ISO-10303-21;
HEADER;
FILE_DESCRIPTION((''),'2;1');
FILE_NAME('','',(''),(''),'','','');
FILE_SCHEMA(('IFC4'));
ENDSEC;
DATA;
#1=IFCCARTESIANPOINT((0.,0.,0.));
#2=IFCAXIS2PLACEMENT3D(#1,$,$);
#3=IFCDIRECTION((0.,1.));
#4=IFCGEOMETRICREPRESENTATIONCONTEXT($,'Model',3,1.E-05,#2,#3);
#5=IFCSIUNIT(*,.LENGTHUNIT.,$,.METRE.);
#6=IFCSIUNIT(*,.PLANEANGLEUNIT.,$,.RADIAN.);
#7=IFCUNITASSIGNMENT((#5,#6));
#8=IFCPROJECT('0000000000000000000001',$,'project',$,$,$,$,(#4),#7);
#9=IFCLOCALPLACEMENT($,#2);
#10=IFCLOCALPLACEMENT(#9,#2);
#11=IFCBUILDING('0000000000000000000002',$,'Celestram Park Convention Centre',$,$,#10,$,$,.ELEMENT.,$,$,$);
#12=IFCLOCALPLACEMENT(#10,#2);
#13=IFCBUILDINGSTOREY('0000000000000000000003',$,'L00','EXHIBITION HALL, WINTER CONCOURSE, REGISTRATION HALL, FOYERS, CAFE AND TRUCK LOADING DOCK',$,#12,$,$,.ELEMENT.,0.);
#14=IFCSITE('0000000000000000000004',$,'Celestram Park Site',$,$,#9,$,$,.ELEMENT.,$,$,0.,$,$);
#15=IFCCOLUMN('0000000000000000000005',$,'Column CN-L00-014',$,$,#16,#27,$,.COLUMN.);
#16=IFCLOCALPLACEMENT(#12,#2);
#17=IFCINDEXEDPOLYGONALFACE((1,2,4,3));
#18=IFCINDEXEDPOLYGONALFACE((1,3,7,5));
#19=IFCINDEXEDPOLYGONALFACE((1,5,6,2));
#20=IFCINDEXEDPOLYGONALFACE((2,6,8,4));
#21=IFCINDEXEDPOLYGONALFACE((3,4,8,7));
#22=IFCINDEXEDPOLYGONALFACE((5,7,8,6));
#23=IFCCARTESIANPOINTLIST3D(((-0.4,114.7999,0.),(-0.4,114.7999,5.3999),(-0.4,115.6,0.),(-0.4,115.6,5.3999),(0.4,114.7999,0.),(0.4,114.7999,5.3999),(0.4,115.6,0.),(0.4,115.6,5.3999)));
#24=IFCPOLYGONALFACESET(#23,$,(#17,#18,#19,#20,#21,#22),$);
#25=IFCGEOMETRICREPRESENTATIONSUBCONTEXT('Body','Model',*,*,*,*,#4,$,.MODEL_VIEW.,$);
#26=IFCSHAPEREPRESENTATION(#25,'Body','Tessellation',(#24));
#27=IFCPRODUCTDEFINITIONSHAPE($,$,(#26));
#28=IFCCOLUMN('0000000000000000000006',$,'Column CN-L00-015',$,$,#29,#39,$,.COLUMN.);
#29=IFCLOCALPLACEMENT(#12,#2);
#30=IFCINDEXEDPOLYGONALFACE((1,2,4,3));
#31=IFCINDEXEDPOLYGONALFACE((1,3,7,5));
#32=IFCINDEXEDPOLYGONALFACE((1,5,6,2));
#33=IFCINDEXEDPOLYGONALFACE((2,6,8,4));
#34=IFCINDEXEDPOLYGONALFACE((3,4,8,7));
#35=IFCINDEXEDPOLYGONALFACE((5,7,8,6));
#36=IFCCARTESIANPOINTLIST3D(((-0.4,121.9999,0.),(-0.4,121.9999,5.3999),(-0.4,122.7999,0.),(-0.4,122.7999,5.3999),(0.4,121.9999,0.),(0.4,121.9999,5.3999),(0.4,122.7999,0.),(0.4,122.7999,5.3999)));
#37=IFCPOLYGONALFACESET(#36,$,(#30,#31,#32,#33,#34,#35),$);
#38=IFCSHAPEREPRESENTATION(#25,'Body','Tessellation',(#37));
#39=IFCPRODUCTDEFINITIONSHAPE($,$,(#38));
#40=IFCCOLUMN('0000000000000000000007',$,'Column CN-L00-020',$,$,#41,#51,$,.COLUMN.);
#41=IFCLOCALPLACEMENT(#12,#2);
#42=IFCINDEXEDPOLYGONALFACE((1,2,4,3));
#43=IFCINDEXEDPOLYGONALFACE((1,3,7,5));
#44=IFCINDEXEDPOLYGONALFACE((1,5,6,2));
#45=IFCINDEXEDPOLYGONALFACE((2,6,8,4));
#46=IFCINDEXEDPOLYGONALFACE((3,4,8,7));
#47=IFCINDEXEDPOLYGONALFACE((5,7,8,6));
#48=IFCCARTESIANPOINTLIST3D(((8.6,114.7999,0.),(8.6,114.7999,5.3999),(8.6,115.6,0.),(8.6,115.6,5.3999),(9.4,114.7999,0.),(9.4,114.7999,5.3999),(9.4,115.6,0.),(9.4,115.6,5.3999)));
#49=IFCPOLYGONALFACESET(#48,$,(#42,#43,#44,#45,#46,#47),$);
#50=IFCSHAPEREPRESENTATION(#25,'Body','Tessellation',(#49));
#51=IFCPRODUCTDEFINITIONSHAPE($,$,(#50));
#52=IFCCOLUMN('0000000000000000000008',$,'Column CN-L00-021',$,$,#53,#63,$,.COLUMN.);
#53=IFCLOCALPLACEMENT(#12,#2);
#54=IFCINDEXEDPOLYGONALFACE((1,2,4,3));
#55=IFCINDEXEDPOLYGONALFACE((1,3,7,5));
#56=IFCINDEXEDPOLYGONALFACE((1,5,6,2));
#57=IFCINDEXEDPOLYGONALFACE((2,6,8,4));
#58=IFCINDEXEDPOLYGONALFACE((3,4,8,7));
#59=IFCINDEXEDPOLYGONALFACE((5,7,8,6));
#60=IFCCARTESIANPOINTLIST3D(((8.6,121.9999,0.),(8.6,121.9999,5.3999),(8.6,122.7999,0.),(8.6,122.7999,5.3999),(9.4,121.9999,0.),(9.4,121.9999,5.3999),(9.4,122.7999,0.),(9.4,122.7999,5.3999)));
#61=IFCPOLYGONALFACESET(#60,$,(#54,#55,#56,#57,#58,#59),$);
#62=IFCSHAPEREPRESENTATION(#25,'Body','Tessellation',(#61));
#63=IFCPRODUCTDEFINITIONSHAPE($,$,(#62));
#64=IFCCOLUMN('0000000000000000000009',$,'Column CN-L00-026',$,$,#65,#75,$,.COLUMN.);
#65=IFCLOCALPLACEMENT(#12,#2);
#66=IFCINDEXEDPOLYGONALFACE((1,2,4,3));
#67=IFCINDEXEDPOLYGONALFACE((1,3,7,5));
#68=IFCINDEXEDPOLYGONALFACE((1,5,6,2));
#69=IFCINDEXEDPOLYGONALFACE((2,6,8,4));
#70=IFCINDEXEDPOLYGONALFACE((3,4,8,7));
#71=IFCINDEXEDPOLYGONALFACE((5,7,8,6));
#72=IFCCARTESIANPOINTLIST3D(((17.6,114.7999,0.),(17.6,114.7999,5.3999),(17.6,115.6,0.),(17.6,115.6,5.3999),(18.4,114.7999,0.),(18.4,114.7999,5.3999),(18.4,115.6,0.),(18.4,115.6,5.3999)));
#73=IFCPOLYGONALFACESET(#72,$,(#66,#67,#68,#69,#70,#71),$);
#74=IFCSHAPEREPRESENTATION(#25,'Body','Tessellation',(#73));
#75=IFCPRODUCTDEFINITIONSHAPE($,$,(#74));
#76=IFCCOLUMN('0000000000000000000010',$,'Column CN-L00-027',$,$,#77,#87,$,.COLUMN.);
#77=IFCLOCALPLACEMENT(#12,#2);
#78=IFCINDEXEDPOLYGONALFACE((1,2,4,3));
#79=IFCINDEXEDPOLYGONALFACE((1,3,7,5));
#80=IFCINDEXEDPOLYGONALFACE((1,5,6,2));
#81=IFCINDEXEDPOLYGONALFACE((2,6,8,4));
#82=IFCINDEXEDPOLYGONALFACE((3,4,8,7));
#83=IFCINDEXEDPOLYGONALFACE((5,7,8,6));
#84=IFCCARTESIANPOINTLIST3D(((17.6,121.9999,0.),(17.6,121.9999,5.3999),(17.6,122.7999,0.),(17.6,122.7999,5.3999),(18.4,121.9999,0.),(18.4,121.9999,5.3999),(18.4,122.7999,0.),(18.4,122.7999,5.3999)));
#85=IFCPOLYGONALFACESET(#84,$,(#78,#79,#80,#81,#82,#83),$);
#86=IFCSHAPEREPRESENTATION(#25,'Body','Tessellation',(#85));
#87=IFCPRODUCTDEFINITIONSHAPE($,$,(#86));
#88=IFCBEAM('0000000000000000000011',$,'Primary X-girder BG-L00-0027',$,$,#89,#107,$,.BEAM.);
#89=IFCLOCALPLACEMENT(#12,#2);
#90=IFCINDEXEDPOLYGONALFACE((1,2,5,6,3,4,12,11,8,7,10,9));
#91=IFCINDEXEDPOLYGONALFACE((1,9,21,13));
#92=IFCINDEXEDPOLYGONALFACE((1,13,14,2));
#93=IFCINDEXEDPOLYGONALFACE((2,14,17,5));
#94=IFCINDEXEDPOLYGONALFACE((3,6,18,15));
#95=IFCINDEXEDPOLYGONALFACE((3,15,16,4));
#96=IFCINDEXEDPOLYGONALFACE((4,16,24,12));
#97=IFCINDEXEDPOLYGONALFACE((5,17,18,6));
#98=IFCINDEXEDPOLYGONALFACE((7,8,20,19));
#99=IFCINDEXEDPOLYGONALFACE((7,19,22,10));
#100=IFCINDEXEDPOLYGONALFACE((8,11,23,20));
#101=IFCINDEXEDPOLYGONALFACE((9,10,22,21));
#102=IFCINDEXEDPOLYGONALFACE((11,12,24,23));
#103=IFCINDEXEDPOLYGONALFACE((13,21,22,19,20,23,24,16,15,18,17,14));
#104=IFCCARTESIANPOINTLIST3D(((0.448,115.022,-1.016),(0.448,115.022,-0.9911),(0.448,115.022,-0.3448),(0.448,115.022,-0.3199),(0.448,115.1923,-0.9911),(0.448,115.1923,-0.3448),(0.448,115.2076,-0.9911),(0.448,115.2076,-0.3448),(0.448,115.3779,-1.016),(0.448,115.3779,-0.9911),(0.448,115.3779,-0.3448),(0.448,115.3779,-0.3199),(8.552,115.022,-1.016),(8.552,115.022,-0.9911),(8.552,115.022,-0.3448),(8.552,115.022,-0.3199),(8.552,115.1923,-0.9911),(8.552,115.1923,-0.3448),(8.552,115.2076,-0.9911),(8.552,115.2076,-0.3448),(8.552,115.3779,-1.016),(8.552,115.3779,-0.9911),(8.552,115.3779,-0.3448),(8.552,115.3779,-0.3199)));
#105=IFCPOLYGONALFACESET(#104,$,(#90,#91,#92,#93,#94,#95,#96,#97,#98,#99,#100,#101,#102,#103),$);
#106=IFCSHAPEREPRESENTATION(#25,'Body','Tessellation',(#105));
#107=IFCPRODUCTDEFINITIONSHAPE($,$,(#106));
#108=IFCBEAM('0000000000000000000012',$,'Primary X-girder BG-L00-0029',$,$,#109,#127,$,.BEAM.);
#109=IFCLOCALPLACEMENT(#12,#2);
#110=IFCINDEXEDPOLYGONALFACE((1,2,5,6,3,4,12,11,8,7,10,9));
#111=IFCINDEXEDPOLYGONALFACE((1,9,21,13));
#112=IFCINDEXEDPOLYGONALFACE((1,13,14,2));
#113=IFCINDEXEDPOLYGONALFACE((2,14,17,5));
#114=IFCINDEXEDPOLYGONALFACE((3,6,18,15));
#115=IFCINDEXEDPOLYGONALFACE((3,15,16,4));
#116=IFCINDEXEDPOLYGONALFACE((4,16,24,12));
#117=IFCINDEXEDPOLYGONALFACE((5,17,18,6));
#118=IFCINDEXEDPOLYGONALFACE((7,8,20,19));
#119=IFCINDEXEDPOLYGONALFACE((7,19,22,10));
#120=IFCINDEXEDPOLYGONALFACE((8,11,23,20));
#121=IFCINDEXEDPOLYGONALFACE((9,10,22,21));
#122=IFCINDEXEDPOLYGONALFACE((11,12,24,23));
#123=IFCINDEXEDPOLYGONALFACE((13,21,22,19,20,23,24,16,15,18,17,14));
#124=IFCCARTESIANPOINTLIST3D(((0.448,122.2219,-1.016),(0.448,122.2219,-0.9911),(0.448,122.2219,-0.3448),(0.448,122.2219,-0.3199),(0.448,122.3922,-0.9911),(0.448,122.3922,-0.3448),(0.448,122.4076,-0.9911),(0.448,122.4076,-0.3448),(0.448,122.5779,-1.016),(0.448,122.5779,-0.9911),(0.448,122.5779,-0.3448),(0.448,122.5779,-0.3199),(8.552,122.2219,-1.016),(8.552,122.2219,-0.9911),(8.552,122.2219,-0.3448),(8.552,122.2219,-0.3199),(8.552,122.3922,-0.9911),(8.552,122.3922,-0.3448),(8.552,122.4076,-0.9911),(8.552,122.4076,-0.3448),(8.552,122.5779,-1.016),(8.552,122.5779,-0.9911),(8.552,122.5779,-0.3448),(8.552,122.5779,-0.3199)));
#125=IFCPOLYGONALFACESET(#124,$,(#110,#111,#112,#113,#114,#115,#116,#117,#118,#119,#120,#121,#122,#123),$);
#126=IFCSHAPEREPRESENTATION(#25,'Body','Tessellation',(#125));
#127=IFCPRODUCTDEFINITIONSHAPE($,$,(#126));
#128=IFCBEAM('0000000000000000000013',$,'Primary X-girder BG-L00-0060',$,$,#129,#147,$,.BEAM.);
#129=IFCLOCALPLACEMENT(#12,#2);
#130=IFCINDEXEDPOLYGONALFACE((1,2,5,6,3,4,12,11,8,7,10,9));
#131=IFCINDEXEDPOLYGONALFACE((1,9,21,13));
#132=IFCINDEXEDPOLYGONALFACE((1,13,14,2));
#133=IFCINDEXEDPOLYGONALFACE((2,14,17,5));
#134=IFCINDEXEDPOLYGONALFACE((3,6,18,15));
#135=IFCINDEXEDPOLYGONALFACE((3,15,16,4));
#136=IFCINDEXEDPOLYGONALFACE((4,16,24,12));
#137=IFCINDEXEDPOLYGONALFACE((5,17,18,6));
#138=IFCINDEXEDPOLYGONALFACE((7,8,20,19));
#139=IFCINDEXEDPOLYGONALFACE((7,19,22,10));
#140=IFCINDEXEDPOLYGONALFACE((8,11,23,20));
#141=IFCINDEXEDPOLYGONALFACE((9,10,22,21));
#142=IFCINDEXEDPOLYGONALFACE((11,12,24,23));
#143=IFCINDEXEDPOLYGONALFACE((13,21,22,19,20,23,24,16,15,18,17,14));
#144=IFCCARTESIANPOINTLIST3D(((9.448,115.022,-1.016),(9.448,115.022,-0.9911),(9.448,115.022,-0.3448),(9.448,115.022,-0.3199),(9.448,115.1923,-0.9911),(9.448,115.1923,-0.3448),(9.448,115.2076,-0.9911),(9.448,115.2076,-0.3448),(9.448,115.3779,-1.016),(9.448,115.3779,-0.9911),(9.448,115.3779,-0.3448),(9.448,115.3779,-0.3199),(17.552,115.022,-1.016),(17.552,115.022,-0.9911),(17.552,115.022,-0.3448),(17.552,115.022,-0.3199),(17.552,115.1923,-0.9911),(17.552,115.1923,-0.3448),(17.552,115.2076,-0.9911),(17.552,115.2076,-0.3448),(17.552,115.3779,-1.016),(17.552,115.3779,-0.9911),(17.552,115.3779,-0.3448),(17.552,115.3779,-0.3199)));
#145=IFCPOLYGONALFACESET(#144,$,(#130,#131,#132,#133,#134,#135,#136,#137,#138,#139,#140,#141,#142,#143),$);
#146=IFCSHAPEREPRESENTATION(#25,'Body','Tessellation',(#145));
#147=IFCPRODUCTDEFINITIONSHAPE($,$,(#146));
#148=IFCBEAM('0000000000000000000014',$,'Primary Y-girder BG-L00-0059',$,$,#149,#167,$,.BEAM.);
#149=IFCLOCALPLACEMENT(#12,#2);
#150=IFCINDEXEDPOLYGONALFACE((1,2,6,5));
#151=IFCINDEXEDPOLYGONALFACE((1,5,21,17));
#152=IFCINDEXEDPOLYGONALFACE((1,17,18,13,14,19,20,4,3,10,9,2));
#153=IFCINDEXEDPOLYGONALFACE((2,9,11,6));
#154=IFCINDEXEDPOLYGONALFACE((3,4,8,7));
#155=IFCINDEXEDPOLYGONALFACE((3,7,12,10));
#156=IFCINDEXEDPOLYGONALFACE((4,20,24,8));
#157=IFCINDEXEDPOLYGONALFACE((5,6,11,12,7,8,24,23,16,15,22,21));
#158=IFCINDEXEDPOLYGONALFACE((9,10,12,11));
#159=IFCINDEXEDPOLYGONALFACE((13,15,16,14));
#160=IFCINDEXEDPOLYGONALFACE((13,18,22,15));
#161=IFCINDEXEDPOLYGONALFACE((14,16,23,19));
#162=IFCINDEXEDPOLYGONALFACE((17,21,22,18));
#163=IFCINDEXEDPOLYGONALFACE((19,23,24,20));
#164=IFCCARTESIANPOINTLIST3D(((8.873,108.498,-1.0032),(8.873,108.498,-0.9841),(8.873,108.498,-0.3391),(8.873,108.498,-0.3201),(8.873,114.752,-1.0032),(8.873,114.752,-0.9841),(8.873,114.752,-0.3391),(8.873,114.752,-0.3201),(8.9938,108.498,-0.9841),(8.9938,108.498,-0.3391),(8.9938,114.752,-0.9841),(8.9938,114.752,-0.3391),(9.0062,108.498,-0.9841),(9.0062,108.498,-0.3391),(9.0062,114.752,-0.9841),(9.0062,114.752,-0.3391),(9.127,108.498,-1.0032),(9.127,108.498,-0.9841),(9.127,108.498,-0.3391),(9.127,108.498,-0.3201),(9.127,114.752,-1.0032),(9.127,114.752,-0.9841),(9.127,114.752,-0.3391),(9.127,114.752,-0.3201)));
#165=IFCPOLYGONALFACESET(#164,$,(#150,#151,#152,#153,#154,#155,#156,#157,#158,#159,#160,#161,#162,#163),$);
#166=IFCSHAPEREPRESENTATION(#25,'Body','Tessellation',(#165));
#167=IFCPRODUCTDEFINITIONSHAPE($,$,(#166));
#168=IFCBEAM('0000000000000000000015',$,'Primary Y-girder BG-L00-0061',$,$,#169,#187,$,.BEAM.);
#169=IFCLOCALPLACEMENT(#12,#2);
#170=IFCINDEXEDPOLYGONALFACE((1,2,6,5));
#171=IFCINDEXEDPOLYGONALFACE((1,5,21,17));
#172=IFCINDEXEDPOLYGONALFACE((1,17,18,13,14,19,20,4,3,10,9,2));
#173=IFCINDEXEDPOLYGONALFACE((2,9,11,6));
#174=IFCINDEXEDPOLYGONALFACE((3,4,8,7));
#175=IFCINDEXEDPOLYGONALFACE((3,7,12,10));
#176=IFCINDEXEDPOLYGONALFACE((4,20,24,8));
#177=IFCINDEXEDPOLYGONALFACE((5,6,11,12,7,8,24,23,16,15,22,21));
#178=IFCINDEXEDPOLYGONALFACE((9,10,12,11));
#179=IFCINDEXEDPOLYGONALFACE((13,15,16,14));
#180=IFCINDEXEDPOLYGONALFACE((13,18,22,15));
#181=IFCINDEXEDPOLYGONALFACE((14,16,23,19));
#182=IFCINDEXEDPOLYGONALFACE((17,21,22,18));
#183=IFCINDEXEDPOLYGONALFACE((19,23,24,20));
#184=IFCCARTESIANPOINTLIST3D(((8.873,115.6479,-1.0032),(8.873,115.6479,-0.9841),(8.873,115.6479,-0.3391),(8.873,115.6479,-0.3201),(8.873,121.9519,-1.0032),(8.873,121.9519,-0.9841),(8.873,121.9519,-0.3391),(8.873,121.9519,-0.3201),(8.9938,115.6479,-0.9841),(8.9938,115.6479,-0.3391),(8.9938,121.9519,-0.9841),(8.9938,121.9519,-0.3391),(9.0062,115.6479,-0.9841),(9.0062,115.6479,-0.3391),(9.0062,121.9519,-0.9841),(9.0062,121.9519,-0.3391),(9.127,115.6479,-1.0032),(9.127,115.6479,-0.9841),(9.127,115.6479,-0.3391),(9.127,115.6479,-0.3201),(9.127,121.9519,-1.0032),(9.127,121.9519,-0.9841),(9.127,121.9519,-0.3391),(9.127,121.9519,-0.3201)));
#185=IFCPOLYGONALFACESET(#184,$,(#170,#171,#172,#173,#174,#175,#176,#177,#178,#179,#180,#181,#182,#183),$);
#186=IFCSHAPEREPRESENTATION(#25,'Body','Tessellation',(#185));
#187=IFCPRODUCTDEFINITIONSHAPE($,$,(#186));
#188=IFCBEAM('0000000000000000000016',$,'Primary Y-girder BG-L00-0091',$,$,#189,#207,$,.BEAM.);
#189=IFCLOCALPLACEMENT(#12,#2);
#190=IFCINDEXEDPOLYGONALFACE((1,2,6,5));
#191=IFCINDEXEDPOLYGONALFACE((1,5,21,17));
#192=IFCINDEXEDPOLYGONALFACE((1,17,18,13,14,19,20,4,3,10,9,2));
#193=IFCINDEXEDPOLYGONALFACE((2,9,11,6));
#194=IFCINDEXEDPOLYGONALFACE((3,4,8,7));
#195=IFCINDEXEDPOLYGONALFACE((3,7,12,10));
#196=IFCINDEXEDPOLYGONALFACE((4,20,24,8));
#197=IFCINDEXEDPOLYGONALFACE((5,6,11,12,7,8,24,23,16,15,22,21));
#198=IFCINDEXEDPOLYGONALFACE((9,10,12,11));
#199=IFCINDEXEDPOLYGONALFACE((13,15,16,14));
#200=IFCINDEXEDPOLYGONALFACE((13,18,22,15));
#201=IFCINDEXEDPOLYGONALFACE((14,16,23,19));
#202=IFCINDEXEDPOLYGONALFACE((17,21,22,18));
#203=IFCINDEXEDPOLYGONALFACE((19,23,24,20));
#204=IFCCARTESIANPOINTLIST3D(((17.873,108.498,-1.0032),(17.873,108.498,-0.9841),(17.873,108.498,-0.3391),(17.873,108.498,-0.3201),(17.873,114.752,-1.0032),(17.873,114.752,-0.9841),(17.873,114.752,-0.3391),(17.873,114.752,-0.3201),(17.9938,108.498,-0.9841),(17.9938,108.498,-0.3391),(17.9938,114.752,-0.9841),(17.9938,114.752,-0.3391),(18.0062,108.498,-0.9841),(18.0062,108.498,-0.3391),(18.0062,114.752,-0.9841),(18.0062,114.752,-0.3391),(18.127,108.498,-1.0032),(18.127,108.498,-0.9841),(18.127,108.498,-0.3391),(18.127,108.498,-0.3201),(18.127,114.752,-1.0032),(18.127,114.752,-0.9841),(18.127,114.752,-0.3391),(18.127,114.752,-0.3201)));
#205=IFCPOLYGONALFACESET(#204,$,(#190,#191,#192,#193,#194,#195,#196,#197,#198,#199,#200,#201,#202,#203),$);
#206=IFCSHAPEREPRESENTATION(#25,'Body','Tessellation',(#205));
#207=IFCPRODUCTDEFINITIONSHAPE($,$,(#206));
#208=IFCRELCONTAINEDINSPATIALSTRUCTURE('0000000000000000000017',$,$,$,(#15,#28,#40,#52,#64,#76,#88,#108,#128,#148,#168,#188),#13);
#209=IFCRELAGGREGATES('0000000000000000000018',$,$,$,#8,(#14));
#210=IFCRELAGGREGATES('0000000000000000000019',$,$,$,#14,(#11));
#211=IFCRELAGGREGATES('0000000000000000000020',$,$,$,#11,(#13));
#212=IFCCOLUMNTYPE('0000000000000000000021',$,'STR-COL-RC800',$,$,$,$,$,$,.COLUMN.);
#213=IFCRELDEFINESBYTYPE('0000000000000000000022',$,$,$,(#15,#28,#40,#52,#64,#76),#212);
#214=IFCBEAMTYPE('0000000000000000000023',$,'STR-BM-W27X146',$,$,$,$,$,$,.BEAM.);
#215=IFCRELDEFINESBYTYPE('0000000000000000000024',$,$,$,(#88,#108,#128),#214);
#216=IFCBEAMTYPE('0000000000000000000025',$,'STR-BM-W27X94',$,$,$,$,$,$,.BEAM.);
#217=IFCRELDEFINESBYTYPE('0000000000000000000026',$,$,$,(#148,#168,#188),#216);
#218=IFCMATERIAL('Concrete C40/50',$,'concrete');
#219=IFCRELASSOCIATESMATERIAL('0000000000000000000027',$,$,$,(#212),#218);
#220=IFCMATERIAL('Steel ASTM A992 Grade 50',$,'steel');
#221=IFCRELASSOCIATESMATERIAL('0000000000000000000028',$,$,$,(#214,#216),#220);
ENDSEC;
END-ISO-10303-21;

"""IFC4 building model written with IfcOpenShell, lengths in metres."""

from ifc_helpers import new_model, si_unit, direction, frame, origin, origin_2d, place, context, subcontext, project, spatial, rectangle, i_section, extrude, material, material_profile, profile_set, type_object, element, save


model = new_model("IFC4")

# Units and contexts
model_context = context("Model", 3, precision=1e-05, world=origin(), true_north=direction((0.0, 1.0)))
body_context = subcontext(model_context, "Body", "Model", "MODEL_VIEW")
ifc_project = project(units=[si_unit("LENGTHUNIT", "METRE"), si_unit("PLANEANGLEUNIT", "RADIAN")], contexts=[model_context])

# Site, building, storey
site_placement = place(None, origin())
site = spatial("IfcSite", under=ifc_project, at=site_placement, Name="Celestram Park Site", CompositionType="ELEMENT", RefElevation=0.0)
building_placement = place(site_placement, origin())
building = spatial("IfcBuilding", under=site, at=building_placement, Name="Celestram Park Convention Centre", CompositionType="ELEMENT")
storey_placement = place(building_placement, origin())
storey = spatial("IfcBuildingStorey", under=building, at=storey_placement, Name="L00", Description="EXHIBITION HALL, WINTER CONCOURSE, REGISTRATION HALL, FOYERS, CAFE AND TRUCK LOADING DOCK", CompositionType="ELEMENT", Elevation=0.0)

# Columns
ifc_material_1 = material(Name="Concrete C40/50", Category="concrete")
ifc_material_profile_1 = material_profile(ifc_material_1, rectangle(XDim=0.8, YDim=0.8, at=origin_2d()), Name="RC800X800")
ifc_profile_set_1 = profile_set([ifc_material_profile_1], Name="Concrete C40/50")
column_type = type_object("IfcColumnType", Name="STR-COL-RC800", PredefinedType="COLUMN", material=ifc_profile_set_1)
for number, where, z_axis, x_axis, name in (
    (1, (0.0, 115.2, 0.0), (0.0, 0.0, 1.0), (1.0, 0.0, 0.0), "Column CN-L00-014"),
    (2, (0.0, 122.3999, 0.0), (0.0, 0.0, 1.0), (1.0, 0.0, 0.0), "Column CN-L00-015"),
    (3, (9.0, 115.2, 0.0), (0.0, 0.0, 1.0), (1.0, 0.0, 0.0), "Column CN-L00-020"),
    (4, (9.0, 122.3999, 0.0), (0.0, 0.0, 1.0), (1.0, 0.0, 0.0), "Column CN-L00-021"),
    (5, (18.0, 115.2, 0.0), (0.0, 0.0, 1.0), (1.0, 0.0, 0.0), "Column CN-L00-026"),
    (6, (18.0, 122.3999, 0.0), (0.0, 0.0, 1.0), (1.0, 0.0, 0.0), "Column CN-L00-027"),
):
    element("IfcColumn", number, at=place(storey_placement, frame(where, z_axis=z_axis, x_axis=x_axis)), inside=storey, type_object=column_type, Name=name, PredefinedType="COLUMN", context=body_context, shape_type="SweptSolid", body=[
        extrude(rectangle(XDim=0.8, YDim=0.8, at=origin_2d()), origin(), (0.0, 0.0, 1.0), 5.3999),
    ])

# Beams
ifc_material_2 = material(Name="Steel ASTM A992 Grade 50", Category="steel")
ifc_material_profile_2 = material_profile(ifc_material_2, i_section(OverallWidth=0.356, OverallDepth=0.696, WebThickness=0.0154, FlangeThickness=0.0249, at=origin_2d()), Name="W27X146")
ifc_profile_set_2 = profile_set([ifc_material_profile_2], Name="Steel ASTM A992 Grade 50")
beam_type_1 = type_object("IfcBeamType", Name="STR-BM-W27X146", PredefinedType="BEAM", material=ifc_profile_set_2)
for number, where, z_axis, x_axis, name in (
    (7, (0.448, 115.2, -0.668), (1.0, 0.0, 0.0), (0.0, 1.0, 0.0), "Primary X-girder BG-L00-0027"),
    (8, (0.448, 122.3999, -0.668), (1.0, 0.0, 0.0), (0.0, 1.0, 0.0), "Primary X-girder BG-L00-0029"),
    (9, (9.448, 115.2, -0.668), (1.0, 0.0, 0.0), (0.0, 1.0, 0.0), "Primary X-girder BG-L00-0060"),
):
    element("IfcBeam", number, at=place(storey_placement, frame(where, z_axis=z_axis, x_axis=x_axis)), inside=storey, type_object=beam_type_1, Name=name, PredefinedType="BEAM", context=body_context, shape_type="SweptSolid", body=[
        extrude(i_section(OverallWidth=0.356, OverallDepth=0.696, WebThickness=0.0154, FlangeThickness=0.0249, at=origin_2d()), origin(), (0.0, 0.0, 1.0), 8.104),
    ])
ifc_material_profile_3 = material_profile(ifc_material_2, i_section(OverallWidth=0.2539, OverallDepth=0.6831, WebThickness=0.0125, FlangeThickness=0.019, at=origin_2d()), Name="W27X94")
ifc_profile_set_3 = profile_set([ifc_material_profile_3], Name="Steel ASTM A992 Grade 50")
beam_type_2 = type_object("IfcBeamType", Name="STR-BM-W27X94", PredefinedType="BEAM", material=ifc_profile_set_3)
beam_1_placement = place(storey_placement, frame((9.0, 108.498, -0.6616), z_axis=(0.0, 1.0, 0.0), x_axis=(-1.0, 0.0, 0.0)))
element("IfcBeam", 10, at=beam_1_placement, inside=storey, type_object=beam_type_2, Name="Primary Y-girder BG-L00-0059", PredefinedType="BEAM", context=body_context, shape_type="SweptSolid", body=[
    extrude(i_section(OverallWidth=0.2539, OverallDepth=0.6831, WebThickness=0.0125, FlangeThickness=0.019, at=origin_2d()), origin(), (0.0, 0.0, 1.0), 6.2539),
])
beam_2_placement = place(storey_placement, frame((9.0, 115.6479, -0.6616), z_axis=(0.0, 1.0, 0.0), x_axis=(-1.0, 0.0, 0.0)))
element("IfcBeam", 11, at=beam_2_placement, inside=storey, type_object=beam_type_2, Name="Primary Y-girder BG-L00-0061", PredefinedType="BEAM", context=body_context, shape_type="SweptSolid", body=[
    extrude(i_section(OverallWidth=0.2539, OverallDepth=0.6831, WebThickness=0.0125, FlangeThickness=0.019, at=origin_2d()), origin(), (0.0, 0.0, 1.0), 6.304),
])
beam_3_placement = place(storey_placement, frame((18.0, 108.498, -0.6616), z_axis=(0.0, 1.0, 0.0), x_axis=(-1.0, 0.0, 0.0)))
element("IfcBeam", 12, at=beam_3_placement, inside=storey, type_object=beam_type_2, Name="Primary Y-girder BG-L00-0091", PredefinedType="BEAM", context=body_context, shape_type="SweptSolid", body=[
    extrude(i_section(OverallWidth=0.2539, OverallDepth=0.6831, WebThickness=0.0125, FlangeThickness=0.019, at=origin_2d()), origin(), (0.0, 0.0, 1.0), 6.2539),
])

save(model, "model.ifc")
